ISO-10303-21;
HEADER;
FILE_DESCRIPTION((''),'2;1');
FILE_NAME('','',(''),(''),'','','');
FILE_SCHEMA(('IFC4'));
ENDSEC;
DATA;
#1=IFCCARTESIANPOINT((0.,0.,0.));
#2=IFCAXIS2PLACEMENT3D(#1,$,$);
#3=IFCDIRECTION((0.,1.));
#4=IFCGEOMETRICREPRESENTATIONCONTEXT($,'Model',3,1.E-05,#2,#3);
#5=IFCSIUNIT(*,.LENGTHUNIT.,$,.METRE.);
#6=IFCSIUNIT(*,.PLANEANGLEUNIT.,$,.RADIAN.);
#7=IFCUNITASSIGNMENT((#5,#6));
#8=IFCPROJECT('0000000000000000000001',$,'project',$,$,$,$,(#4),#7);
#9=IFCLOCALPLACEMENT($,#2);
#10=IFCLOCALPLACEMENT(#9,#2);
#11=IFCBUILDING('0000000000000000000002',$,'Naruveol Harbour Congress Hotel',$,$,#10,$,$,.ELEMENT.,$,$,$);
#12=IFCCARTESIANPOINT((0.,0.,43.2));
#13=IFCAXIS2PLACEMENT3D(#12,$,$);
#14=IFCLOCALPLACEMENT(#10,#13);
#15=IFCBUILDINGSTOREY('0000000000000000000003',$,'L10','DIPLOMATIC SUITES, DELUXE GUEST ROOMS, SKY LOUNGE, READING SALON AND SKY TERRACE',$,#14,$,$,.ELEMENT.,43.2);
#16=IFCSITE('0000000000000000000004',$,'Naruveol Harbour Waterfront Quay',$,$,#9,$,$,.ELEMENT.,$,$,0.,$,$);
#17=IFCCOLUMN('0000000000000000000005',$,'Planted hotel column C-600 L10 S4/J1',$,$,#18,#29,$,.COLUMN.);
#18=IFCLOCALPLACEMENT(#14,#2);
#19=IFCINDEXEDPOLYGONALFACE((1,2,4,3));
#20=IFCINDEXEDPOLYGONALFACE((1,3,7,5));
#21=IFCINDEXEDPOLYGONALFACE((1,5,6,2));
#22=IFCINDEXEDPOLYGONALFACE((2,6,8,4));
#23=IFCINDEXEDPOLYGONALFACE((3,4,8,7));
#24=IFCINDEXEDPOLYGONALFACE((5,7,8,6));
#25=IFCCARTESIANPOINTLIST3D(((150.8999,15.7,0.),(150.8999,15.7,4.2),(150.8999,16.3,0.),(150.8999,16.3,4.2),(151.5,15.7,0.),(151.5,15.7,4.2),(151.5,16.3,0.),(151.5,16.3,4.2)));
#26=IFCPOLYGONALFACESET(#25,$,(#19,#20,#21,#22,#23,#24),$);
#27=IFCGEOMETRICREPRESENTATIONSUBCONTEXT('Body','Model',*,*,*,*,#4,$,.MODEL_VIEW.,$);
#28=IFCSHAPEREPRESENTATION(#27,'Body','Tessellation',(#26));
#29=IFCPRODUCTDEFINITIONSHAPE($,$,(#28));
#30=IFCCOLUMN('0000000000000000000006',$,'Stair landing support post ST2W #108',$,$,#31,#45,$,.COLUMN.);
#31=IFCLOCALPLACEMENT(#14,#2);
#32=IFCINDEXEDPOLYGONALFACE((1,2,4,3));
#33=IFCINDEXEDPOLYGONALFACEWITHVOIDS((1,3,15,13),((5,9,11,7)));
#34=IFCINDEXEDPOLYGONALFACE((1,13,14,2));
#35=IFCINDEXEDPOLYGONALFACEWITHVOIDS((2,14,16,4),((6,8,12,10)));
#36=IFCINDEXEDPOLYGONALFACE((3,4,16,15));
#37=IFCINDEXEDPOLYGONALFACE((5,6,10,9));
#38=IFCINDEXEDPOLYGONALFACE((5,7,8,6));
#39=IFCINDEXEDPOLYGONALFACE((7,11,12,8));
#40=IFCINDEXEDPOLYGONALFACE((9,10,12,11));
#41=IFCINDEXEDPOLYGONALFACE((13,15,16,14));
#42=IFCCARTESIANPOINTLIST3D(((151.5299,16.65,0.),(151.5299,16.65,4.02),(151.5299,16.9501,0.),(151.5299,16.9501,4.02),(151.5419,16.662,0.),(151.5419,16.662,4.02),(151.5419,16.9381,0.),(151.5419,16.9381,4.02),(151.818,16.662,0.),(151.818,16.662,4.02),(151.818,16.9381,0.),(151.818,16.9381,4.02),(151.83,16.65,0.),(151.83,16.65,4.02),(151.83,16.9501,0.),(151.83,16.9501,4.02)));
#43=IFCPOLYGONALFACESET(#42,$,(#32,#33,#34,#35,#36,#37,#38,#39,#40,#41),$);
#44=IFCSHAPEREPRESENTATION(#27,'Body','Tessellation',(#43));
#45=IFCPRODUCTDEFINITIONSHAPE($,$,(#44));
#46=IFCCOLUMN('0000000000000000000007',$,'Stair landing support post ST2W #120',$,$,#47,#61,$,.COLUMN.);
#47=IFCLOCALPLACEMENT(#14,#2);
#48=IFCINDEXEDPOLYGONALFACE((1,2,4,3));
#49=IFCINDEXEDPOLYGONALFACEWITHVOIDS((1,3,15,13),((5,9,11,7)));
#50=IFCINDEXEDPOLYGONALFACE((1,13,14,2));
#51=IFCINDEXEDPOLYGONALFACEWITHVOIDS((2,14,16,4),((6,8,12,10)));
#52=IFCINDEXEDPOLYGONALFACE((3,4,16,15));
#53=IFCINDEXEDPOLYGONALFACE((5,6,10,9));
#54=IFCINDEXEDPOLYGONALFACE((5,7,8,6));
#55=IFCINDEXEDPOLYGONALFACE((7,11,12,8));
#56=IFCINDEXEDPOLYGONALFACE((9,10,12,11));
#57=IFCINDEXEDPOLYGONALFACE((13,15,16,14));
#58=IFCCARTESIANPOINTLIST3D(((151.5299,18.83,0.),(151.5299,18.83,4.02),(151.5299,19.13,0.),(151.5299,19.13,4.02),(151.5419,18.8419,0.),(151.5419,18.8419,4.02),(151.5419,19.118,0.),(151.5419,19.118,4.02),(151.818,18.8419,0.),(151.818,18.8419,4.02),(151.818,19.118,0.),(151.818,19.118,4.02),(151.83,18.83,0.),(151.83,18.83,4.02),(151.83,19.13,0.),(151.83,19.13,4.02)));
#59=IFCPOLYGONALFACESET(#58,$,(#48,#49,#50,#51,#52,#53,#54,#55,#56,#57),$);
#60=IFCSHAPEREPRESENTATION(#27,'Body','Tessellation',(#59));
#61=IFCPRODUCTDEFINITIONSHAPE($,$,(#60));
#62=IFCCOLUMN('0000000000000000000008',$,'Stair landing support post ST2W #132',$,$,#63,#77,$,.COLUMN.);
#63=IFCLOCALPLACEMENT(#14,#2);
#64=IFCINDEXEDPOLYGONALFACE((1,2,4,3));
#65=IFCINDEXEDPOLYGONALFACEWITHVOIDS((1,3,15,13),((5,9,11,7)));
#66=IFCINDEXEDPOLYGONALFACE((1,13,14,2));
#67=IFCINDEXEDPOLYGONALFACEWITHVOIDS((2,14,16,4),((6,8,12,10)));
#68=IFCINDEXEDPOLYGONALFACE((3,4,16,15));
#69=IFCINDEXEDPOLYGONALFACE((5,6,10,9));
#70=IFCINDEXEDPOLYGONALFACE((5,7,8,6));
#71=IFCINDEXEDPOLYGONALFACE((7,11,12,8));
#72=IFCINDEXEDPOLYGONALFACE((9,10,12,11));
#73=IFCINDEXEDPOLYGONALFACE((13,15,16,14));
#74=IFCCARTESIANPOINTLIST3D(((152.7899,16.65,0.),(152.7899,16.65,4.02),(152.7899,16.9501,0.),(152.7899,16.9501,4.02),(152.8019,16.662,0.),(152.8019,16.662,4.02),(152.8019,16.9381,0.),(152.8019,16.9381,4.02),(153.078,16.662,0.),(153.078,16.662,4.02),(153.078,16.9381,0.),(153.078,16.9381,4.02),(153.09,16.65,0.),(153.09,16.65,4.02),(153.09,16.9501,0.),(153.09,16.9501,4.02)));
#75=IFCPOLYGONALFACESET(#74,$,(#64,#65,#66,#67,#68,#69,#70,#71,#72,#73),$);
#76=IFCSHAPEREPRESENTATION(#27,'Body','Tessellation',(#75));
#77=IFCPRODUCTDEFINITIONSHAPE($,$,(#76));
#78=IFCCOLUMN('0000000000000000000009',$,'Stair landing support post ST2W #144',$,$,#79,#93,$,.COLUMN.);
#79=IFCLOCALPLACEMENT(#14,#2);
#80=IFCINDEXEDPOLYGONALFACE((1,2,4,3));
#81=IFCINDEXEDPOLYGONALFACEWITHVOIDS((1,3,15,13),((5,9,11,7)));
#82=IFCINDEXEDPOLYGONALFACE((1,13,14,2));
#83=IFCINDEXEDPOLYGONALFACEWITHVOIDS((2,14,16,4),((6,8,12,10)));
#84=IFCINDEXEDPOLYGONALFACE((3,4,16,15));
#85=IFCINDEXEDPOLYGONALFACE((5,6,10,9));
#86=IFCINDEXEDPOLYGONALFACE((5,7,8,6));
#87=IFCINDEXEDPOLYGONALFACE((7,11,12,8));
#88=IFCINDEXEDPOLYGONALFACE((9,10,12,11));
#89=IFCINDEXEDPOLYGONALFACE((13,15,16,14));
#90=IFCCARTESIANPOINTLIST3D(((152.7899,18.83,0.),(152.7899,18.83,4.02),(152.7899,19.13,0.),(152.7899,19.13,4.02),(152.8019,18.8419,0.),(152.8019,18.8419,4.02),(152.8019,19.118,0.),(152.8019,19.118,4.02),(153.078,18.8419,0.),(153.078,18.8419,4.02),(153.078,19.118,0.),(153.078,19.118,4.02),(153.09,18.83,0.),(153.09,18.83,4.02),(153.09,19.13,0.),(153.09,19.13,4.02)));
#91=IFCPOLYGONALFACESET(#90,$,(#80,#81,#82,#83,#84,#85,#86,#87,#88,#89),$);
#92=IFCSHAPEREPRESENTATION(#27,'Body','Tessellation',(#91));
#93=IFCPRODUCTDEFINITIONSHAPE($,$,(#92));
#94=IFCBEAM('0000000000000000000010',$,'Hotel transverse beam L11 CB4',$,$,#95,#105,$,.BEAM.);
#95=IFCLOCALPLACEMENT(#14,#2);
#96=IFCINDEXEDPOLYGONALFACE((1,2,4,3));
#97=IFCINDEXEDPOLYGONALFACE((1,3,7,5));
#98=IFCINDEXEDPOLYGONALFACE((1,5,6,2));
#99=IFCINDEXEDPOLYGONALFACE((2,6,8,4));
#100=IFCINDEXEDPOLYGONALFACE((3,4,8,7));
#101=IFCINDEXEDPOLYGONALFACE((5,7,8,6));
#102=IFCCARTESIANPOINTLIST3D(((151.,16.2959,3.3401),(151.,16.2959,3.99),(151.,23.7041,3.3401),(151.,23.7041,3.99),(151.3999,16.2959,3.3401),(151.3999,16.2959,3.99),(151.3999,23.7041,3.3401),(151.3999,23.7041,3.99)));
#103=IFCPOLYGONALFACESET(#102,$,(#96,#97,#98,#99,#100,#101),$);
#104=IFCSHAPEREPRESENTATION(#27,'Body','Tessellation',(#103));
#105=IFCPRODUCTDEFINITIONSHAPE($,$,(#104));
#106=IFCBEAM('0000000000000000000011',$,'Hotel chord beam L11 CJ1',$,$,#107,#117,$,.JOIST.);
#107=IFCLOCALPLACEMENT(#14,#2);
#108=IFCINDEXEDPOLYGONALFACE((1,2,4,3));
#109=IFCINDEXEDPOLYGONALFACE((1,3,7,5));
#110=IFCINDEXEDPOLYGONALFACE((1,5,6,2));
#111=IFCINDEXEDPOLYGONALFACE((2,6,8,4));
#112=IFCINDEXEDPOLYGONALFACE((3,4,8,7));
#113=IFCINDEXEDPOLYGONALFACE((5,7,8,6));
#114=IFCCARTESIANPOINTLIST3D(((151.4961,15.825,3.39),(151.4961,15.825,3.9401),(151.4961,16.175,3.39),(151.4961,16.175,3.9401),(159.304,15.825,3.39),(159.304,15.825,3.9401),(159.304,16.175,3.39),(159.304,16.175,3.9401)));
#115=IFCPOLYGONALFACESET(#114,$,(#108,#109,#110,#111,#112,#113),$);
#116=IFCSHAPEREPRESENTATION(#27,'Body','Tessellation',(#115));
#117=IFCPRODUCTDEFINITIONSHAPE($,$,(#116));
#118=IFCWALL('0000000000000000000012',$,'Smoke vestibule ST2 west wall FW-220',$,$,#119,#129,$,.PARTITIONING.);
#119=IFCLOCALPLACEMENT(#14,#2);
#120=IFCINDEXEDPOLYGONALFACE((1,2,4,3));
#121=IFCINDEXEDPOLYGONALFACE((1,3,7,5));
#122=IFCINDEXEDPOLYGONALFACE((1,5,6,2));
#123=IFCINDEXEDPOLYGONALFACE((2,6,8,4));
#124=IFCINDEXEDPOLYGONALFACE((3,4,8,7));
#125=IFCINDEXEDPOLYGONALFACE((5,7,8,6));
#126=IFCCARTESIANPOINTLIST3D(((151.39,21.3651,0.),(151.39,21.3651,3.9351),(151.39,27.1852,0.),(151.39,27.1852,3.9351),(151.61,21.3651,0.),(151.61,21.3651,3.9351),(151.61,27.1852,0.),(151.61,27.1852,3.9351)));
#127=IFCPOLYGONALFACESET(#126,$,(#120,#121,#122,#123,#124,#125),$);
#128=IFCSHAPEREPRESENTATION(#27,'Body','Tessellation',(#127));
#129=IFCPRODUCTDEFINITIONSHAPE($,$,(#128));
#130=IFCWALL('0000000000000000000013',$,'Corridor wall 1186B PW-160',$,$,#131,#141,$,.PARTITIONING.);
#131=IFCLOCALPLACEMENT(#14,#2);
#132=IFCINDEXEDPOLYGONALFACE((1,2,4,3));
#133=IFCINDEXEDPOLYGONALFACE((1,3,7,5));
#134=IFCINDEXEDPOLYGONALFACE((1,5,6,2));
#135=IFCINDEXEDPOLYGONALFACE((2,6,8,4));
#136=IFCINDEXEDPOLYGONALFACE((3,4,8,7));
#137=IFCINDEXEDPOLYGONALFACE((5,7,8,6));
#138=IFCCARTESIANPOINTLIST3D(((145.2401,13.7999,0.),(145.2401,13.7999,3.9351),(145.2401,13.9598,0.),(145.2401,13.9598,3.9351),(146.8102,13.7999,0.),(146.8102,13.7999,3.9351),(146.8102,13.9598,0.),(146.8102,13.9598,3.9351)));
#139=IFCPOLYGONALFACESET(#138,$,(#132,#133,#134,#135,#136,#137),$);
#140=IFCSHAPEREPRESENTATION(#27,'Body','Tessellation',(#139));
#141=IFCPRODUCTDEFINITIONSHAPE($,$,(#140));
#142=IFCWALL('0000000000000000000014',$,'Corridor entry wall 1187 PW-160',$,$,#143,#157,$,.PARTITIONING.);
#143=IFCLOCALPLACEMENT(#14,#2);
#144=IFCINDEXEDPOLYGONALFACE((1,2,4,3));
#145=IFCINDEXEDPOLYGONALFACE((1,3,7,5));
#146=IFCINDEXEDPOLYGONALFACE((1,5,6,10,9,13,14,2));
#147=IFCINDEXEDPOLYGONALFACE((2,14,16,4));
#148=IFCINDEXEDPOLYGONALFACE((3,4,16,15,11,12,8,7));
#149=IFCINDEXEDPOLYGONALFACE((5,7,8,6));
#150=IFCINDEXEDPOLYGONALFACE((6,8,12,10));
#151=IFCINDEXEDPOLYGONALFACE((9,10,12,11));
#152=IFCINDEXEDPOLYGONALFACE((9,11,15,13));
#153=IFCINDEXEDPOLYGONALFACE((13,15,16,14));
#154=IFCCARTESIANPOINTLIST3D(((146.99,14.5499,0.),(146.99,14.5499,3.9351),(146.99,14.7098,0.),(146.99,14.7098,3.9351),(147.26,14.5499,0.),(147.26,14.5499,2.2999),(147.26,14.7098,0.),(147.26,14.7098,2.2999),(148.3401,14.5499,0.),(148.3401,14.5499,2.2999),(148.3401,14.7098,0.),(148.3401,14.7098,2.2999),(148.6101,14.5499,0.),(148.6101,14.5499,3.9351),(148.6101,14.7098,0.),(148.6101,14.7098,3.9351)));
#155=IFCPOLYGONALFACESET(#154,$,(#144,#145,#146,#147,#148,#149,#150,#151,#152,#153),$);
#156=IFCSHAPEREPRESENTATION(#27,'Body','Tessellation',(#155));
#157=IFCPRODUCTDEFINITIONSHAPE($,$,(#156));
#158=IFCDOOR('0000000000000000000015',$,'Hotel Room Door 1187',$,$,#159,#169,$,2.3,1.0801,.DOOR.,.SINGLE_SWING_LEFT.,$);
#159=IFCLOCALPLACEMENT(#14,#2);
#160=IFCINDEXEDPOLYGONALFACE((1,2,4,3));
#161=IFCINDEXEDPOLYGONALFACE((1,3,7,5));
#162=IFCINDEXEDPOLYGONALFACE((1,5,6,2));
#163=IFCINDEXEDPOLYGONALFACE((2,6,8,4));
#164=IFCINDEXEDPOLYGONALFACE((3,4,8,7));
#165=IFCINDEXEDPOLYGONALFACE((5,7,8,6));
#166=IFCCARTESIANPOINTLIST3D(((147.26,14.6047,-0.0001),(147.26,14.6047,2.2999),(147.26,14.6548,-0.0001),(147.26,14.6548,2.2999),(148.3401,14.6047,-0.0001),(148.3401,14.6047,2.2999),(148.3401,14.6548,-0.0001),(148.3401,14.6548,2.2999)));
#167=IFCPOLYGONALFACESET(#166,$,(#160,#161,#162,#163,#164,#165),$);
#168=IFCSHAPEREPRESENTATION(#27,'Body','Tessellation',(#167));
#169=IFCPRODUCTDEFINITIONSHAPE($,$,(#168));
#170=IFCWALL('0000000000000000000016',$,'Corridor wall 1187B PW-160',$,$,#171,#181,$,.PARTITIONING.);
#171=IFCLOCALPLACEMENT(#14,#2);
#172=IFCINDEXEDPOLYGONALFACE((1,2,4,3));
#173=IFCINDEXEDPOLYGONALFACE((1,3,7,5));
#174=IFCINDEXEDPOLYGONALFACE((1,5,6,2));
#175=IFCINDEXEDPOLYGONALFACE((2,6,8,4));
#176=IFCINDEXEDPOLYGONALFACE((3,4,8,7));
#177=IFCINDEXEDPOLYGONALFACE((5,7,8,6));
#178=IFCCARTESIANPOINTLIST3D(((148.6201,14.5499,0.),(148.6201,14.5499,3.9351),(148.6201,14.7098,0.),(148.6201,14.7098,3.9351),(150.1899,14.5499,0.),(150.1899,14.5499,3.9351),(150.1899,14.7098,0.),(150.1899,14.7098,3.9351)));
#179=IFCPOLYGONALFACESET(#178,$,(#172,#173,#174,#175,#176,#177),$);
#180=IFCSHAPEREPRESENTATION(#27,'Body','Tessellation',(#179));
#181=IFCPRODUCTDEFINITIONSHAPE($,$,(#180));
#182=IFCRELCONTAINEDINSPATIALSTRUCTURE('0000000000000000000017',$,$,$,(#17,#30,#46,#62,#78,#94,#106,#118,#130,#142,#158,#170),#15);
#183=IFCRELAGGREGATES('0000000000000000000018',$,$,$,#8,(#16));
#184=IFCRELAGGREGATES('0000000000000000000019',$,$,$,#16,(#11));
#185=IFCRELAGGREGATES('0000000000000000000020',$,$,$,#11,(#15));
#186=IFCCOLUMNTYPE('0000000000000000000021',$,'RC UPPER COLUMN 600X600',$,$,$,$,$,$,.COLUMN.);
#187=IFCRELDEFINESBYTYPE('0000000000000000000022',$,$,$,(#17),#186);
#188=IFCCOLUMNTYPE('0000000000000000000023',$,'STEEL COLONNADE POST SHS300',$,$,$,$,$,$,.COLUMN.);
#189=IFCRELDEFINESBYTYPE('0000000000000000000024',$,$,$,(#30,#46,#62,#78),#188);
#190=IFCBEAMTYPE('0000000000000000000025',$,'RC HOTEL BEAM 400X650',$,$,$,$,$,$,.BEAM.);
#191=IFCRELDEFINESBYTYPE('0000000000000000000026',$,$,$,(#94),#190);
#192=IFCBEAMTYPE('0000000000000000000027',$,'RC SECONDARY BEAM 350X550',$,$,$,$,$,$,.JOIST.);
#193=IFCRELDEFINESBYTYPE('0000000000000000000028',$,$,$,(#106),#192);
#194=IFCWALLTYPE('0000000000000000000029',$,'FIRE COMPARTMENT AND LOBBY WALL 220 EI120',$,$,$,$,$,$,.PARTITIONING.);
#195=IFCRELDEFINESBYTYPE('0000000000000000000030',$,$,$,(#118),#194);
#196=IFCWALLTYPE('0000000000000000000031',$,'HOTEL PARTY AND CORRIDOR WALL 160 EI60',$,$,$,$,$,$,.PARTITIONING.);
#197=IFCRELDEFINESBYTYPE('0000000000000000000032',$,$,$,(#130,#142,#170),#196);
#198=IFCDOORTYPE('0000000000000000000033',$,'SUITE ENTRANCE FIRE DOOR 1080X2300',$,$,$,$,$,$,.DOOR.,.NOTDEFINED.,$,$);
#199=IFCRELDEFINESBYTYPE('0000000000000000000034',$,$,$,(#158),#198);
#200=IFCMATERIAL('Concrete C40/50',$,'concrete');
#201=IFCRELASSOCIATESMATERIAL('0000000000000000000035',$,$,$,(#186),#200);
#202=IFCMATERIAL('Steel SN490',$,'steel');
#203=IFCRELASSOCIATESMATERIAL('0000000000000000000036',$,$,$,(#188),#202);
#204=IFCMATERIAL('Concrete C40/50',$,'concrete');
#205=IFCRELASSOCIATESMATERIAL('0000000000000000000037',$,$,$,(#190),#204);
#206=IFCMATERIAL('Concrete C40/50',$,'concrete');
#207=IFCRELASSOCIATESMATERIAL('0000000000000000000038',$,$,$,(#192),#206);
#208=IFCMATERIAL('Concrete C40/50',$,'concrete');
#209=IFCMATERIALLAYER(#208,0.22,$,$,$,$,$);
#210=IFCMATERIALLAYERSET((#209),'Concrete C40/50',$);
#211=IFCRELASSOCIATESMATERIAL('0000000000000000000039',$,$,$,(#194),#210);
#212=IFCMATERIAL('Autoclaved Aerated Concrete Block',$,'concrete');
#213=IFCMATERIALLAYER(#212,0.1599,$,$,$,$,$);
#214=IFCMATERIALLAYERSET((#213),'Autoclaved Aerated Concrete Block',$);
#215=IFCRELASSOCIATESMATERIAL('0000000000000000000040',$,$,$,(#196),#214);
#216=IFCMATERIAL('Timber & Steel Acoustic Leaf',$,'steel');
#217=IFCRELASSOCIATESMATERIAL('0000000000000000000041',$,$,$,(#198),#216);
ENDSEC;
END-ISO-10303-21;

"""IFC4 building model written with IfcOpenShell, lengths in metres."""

from ifc_helpers import new_model, si_unit, direction, frame, frame_2d, origin, origin_2d, place, context, subcontext, project, spatial, rectangle, hollow_rectangle, extrude, material, layer, layer_set, material_profile, profile_set, type_object, element, fill, save


model = new_model("IFC4")

# Units and contexts
model_context = context("Model", 3, precision=1e-05, world=origin(), true_north=direction((0.0, 1.0)))
body_context = subcontext(model_context, "Body", "Model", "MODEL_VIEW")
ifc_project = project(units=[si_unit("LENGTHUNIT", "METRE"), si_unit("PLANEANGLEUNIT", "RADIAN")], contexts=[model_context])

# Site, building, storey
site_placement = place(None, origin())
site = spatial("IfcSite", under=ifc_project, at=site_placement, Name="Naruveol Harbour Waterfront Quay", CompositionType="ELEMENT", RefElevation=0.0)
building_placement = place(site_placement, origin())
building = spatial("IfcBuilding", under=site, at=building_placement, Name="Naruveol Harbour Congress Hotel", CompositionType="ELEMENT")
storey_placement = place(building_placement, frame((0.0, 0.0, 43.2)))
storey = spatial("IfcBuildingStorey", under=building, at=storey_placement, Name="L10", Description="DIPLOMATIC SUITES, DELUXE GUEST ROOMS, SKY LOUNGE, READING SALON AND SKY TERRACE", CompositionType="ELEMENT", Elevation=43.2)

# Columns
ifc_material_1 = material(Name="Concrete C40/50", Category="concrete")
ifc_material_profile_1 = material_profile(ifc_material_1, rectangle(XDim=0.6001, YDim=0.6001, at=origin_2d()), Name="RC-600x600")
ifc_profile_set_1 = profile_set([ifc_material_profile_1], Name="Concrete C40/50")
column_type_1 = type_object("IfcColumnType", Name="RC UPPER COLUMN 600X600", PredefinedType="COLUMN", material=ifc_profile_set_1)
column_placement = place(storey_placement, frame((151.2, 16.0, 0.0), z_axis=(0.0, 0.0, 1.0), x_axis=(1.0, 0.0, 0.0)))
element("IfcColumn", 1, at=column_placement, inside=storey, type_object=column_type_1, Name="Planted hotel column C-600 L10 S4/J1", PredefinedType="COLUMN", context=body_context, shape_type="SweptSolid", body=[
    extrude(rectangle(XDim=0.6001, YDim=0.6001, at=origin_2d()), origin(), (0.0, 0.0, 1.0), 4.2),
])
ifc_material_2 = material(Name="Steel SN490", Category="steel")
ifc_material_profile_2 = material_profile(ifc_material_2, hollow_rectangle(XDim=0.3, YDim=0.3, WallThickness=0.012, at=origin_2d()), Name="SHS-300x300x12")
ifc_profile_set_2 = profile_set([ifc_material_profile_2], Name="Steel SN490")
column_type_2 = type_object("IfcColumnType", Name="STEEL COLONNADE POST SHS300", PredefinedType="COLUMN", material=ifc_profile_set_2)
for number, where, z_axis, x_axis, name in (
    (2, (151.6799, 16.8, 0.0), (0.0, 0.0, 1.0), (1.0, 0.0, 0.0), "Stair landing support post ST2W #108"),
    (3, (151.6799, 18.98, 0.0), (0.0, 0.0, 1.0), (1.0, 0.0, 0.0), "Stair landing support post ST2W #120"),
    (4, (152.9399, 16.8, 0.0), (0.0, 0.0, 1.0), (1.0, 0.0, 0.0), "Stair landing support post ST2W #132"),
    (5, (152.9399, 18.98, 0.0), (0.0, 0.0, 1.0), (1.0, 0.0, 0.0), "Stair landing support post ST2W #144"),
):
    element("IfcColumn", number, at=place(storey_placement, frame(where, z_axis=z_axis, x_axis=x_axis)), inside=storey, type_object=column_type_2, Name=name, PredefinedType="COLUMN", context=body_context, shape_type="SweptSolid", body=[
        extrude(hollow_rectangle(XDim=0.3, YDim=0.3, WallThickness=0.012, at=origin_2d()), origin(), (0.0, 0.0, 1.0), 4.02),
    ])

# Beams
ifc_material_3 = material(Name="Concrete C40/50", Category="concrete")
ifc_material_profile_3 = material_profile(ifc_material_3, rectangle(XDim=0.3999, YDim=0.6499, at=origin_2d()), Name="RCB-400x650")
ifc_profile_set_3 = profile_set([ifc_material_profile_3], Name="Concrete C40/50")
beam_type_1 = type_object("IfcBeamType", Name="RC HOTEL BEAM 400X650", PredefinedType="BEAM", material=ifc_profile_set_3)
beam_1_placement = place(storey_placement, frame((151.2, 16.2959, 3.665), z_axis=(0.0, 1.0, 0.0), x_axis=(-1.0, 0.0, 0.0)))
element("IfcBeam", 6, at=beam_1_placement, inside=storey, type_object=beam_type_1, Name="Hotel transverse beam L11 CB4", PredefinedType="BEAM", context=body_context, shape_type="SweptSolid", body=[
    extrude(rectangle(XDim=0.3999, YDim=0.6499, at=origin_2d()), origin(), (0.0, 0.0, 1.0), 7.4082),
])
ifc_material_4 = material(Name="Concrete C40/50", Category="concrete")
ifc_material_profile_4 = material_profile(ifc_material_4, rectangle(XDim=0.3501, YDim=0.55, at=origin_2d()), Name="RCB-350x550")
ifc_profile_set_4 = profile_set([ifc_material_profile_4], Name="Concrete C40/50")
beam_type_2 = type_object("IfcBeamType", Name="RC SECONDARY BEAM 350X550", PredefinedType="JOIST", material=ifc_profile_set_4)
beam_2_placement = place(storey_placement, frame((151.4961, 16.0, 3.665), z_axis=(1.0, 0.0, 0.0), x_axis=(0.0, 1.0, 0.0)))
element("IfcBeam", 7, at=beam_2_placement, inside=storey, type_object=beam_type_2, Name="Hotel chord beam L11 CJ1", PredefinedType="JOIST", context=body_context, shape_type="SweptSolid", body=[
    extrude(rectangle(XDim=0.3501, YDim=0.55, at=origin_2d()), origin(), (0.0, 0.0, 1.0), 7.8079),
])

# Walls
ifc_material_5 = material(Name="Concrete C40/50", Category="concrete")
ifc_layer_1 = layer(ifc_material_5, 0.22)
ifc_layer_set_1 = layer_set([ifc_layer_1], Name="Concrete C40/50")
wall_type_1 = type_object("IfcWallType", Name="FIRE COMPARTMENT AND LOBBY WALL 220 EI120", PredefinedType="PARTITIONING", material=ifc_layer_set_1)
wall_1_placement = place(storey_placement, frame((151.5, 21.365, 0.0), z_axis=(0.0, 0.0, 1.0), x_axis=(0.0, 1.0, 0.0)))
element("IfcWall", 8, at=wall_1_placement, inside=storey, type_object=wall_type_1, Name="Smoke vestibule ST2 west wall FW-220", PredefinedType="PARTITIONING", context=body_context, shape_type="SweptSolid", body=[
    extrude(rectangle(XDim=5.8201, YDim=0.22, at=frame_2d((2.9102, 0.0))), origin(), (0.0, 0.0, 1.0), 3.9351),
])
ifc_material_6 = material(Name="Autoclaved Aerated Concrete Block", Category="concrete")
ifc_layer_2 = layer(ifc_material_6, 0.1599)
ifc_layer_set_2 = layer_set([ifc_layer_2], Name="Autoclaved Aerated Concrete Block")
wall_type_2 = type_object("IfcWallType", Name="HOTEL PARTY AND CORRIDOR WALL 160 EI60", PredefinedType="PARTITIONING", material=ifc_layer_set_2)
wall_2_placement = place(storey_placement, frame((145.24, 13.8799, 0.0), z_axis=(0.0, 0.0, 1.0), x_axis=(1.0, 0.0, 0.0)))
element("IfcWall", 9, at=wall_2_placement, inside=storey, type_object=wall_type_2, Name="Corridor wall 1186B PW-160", PredefinedType="PARTITIONING", context=body_context, shape_type="SweptSolid", body=[
    extrude(rectangle(XDim=1.5701, YDim=0.1599, at=frame_2d((0.7852, 0.0))), origin(), (0.0, 0.0, 1.0), 3.9351),
])

# Wall, opening, door
wall_3_placement = place(storey_placement, frame((146.99, 14.6299, 0.0), z_axis=(0.0, 0.0, 1.0), x_axis=(1.0, 0.0, 0.0)))
wall_3 = element("IfcWall", 10, at=wall_3_placement, inside=storey, type_object=wall_type_2, Name="Corridor entry wall 1187 PW-160", PredefinedType="PARTITIONING", context=body_context, shape_type="SweptSolid", body=[
    extrude(rectangle(XDim=1.6201, YDim=0.1599, at=frame_2d((0.8101, 0.0))), origin(), (0.0, 0.0, 1.0), 3.9351),
])
opening_1_placement = place(wall_3_placement, frame((0.27, 0.0, 0.0)))
opening_1 = element("IfcOpeningElement", 11, at=opening_1_placement, cuts=wall_3, PredefinedType="OPENING", context=body_context, shape_type="SweptSolid", body=[
    extrude(rectangle(XDim=1.0801, YDim=2.3, at=frame_2d((0.54, 1.1499))), frame((0.0, 0.0898, 0.0), z_axis=(0.0, -1.0, 0.0), x_axis=(1.0, 0.0, 0.0)), (0.0, 0.0, 1.0), 0.1799),
])
ifc_material_7 = material(Name="Timber & Steel Acoustic Leaf", Category="steel")
door_type_1 = type_object("IfcDoorType", Name="SUITE ENTRANCE FIRE DOOR 1080X2300", OperationType="NOTDEFINED", PredefinedType="DOOR", material=ifc_material_7)
door_1_placement = place(opening_1_placement, origin())
door_1 = element("IfcDoor", 12, at=door_1_placement, inside=storey, type_object=door_type_1, Name="Hotel Room Door 1187", OperationType="SINGLE_SWING_LEFT", OverallHeight=2.3, OverallWidth=1.0801, PredefinedType="DOOR", context=body_context, shape_type="SweptSolid", body=[
    extrude(rectangle(XDim=1.0801, YDim=2.3, at=frame_2d((0.54, 1.1499))), frame((0.0, 0.0249, 0.0), z_axis=(0.0, -1.0, 0.0), x_axis=(1.0, 0.0, 0.0)), (0.0, 0.0, 1.0), 0.05),
])
fill(opening_1, door_1)

# Wall
wall_4_placement = place(storey_placement, frame((148.6201, 14.6299, 0.0), z_axis=(0.0, 0.0, 1.0), x_axis=(1.0, 0.0, 0.0)))
element("IfcWall", 13, at=wall_4_placement, inside=storey, type_object=wall_type_2, Name="Corridor wall 1187B PW-160", PredefinedType="PARTITIONING", context=body_context, shape_type="SweptSolid", body=[
    extrude(rectangle(XDim=1.5698, YDim=0.1599, at=frame_2d((0.7849, 0.0))), origin(), (0.0, 0.0, 1.0), 3.9351),
])

save(model, "model.ifc")
